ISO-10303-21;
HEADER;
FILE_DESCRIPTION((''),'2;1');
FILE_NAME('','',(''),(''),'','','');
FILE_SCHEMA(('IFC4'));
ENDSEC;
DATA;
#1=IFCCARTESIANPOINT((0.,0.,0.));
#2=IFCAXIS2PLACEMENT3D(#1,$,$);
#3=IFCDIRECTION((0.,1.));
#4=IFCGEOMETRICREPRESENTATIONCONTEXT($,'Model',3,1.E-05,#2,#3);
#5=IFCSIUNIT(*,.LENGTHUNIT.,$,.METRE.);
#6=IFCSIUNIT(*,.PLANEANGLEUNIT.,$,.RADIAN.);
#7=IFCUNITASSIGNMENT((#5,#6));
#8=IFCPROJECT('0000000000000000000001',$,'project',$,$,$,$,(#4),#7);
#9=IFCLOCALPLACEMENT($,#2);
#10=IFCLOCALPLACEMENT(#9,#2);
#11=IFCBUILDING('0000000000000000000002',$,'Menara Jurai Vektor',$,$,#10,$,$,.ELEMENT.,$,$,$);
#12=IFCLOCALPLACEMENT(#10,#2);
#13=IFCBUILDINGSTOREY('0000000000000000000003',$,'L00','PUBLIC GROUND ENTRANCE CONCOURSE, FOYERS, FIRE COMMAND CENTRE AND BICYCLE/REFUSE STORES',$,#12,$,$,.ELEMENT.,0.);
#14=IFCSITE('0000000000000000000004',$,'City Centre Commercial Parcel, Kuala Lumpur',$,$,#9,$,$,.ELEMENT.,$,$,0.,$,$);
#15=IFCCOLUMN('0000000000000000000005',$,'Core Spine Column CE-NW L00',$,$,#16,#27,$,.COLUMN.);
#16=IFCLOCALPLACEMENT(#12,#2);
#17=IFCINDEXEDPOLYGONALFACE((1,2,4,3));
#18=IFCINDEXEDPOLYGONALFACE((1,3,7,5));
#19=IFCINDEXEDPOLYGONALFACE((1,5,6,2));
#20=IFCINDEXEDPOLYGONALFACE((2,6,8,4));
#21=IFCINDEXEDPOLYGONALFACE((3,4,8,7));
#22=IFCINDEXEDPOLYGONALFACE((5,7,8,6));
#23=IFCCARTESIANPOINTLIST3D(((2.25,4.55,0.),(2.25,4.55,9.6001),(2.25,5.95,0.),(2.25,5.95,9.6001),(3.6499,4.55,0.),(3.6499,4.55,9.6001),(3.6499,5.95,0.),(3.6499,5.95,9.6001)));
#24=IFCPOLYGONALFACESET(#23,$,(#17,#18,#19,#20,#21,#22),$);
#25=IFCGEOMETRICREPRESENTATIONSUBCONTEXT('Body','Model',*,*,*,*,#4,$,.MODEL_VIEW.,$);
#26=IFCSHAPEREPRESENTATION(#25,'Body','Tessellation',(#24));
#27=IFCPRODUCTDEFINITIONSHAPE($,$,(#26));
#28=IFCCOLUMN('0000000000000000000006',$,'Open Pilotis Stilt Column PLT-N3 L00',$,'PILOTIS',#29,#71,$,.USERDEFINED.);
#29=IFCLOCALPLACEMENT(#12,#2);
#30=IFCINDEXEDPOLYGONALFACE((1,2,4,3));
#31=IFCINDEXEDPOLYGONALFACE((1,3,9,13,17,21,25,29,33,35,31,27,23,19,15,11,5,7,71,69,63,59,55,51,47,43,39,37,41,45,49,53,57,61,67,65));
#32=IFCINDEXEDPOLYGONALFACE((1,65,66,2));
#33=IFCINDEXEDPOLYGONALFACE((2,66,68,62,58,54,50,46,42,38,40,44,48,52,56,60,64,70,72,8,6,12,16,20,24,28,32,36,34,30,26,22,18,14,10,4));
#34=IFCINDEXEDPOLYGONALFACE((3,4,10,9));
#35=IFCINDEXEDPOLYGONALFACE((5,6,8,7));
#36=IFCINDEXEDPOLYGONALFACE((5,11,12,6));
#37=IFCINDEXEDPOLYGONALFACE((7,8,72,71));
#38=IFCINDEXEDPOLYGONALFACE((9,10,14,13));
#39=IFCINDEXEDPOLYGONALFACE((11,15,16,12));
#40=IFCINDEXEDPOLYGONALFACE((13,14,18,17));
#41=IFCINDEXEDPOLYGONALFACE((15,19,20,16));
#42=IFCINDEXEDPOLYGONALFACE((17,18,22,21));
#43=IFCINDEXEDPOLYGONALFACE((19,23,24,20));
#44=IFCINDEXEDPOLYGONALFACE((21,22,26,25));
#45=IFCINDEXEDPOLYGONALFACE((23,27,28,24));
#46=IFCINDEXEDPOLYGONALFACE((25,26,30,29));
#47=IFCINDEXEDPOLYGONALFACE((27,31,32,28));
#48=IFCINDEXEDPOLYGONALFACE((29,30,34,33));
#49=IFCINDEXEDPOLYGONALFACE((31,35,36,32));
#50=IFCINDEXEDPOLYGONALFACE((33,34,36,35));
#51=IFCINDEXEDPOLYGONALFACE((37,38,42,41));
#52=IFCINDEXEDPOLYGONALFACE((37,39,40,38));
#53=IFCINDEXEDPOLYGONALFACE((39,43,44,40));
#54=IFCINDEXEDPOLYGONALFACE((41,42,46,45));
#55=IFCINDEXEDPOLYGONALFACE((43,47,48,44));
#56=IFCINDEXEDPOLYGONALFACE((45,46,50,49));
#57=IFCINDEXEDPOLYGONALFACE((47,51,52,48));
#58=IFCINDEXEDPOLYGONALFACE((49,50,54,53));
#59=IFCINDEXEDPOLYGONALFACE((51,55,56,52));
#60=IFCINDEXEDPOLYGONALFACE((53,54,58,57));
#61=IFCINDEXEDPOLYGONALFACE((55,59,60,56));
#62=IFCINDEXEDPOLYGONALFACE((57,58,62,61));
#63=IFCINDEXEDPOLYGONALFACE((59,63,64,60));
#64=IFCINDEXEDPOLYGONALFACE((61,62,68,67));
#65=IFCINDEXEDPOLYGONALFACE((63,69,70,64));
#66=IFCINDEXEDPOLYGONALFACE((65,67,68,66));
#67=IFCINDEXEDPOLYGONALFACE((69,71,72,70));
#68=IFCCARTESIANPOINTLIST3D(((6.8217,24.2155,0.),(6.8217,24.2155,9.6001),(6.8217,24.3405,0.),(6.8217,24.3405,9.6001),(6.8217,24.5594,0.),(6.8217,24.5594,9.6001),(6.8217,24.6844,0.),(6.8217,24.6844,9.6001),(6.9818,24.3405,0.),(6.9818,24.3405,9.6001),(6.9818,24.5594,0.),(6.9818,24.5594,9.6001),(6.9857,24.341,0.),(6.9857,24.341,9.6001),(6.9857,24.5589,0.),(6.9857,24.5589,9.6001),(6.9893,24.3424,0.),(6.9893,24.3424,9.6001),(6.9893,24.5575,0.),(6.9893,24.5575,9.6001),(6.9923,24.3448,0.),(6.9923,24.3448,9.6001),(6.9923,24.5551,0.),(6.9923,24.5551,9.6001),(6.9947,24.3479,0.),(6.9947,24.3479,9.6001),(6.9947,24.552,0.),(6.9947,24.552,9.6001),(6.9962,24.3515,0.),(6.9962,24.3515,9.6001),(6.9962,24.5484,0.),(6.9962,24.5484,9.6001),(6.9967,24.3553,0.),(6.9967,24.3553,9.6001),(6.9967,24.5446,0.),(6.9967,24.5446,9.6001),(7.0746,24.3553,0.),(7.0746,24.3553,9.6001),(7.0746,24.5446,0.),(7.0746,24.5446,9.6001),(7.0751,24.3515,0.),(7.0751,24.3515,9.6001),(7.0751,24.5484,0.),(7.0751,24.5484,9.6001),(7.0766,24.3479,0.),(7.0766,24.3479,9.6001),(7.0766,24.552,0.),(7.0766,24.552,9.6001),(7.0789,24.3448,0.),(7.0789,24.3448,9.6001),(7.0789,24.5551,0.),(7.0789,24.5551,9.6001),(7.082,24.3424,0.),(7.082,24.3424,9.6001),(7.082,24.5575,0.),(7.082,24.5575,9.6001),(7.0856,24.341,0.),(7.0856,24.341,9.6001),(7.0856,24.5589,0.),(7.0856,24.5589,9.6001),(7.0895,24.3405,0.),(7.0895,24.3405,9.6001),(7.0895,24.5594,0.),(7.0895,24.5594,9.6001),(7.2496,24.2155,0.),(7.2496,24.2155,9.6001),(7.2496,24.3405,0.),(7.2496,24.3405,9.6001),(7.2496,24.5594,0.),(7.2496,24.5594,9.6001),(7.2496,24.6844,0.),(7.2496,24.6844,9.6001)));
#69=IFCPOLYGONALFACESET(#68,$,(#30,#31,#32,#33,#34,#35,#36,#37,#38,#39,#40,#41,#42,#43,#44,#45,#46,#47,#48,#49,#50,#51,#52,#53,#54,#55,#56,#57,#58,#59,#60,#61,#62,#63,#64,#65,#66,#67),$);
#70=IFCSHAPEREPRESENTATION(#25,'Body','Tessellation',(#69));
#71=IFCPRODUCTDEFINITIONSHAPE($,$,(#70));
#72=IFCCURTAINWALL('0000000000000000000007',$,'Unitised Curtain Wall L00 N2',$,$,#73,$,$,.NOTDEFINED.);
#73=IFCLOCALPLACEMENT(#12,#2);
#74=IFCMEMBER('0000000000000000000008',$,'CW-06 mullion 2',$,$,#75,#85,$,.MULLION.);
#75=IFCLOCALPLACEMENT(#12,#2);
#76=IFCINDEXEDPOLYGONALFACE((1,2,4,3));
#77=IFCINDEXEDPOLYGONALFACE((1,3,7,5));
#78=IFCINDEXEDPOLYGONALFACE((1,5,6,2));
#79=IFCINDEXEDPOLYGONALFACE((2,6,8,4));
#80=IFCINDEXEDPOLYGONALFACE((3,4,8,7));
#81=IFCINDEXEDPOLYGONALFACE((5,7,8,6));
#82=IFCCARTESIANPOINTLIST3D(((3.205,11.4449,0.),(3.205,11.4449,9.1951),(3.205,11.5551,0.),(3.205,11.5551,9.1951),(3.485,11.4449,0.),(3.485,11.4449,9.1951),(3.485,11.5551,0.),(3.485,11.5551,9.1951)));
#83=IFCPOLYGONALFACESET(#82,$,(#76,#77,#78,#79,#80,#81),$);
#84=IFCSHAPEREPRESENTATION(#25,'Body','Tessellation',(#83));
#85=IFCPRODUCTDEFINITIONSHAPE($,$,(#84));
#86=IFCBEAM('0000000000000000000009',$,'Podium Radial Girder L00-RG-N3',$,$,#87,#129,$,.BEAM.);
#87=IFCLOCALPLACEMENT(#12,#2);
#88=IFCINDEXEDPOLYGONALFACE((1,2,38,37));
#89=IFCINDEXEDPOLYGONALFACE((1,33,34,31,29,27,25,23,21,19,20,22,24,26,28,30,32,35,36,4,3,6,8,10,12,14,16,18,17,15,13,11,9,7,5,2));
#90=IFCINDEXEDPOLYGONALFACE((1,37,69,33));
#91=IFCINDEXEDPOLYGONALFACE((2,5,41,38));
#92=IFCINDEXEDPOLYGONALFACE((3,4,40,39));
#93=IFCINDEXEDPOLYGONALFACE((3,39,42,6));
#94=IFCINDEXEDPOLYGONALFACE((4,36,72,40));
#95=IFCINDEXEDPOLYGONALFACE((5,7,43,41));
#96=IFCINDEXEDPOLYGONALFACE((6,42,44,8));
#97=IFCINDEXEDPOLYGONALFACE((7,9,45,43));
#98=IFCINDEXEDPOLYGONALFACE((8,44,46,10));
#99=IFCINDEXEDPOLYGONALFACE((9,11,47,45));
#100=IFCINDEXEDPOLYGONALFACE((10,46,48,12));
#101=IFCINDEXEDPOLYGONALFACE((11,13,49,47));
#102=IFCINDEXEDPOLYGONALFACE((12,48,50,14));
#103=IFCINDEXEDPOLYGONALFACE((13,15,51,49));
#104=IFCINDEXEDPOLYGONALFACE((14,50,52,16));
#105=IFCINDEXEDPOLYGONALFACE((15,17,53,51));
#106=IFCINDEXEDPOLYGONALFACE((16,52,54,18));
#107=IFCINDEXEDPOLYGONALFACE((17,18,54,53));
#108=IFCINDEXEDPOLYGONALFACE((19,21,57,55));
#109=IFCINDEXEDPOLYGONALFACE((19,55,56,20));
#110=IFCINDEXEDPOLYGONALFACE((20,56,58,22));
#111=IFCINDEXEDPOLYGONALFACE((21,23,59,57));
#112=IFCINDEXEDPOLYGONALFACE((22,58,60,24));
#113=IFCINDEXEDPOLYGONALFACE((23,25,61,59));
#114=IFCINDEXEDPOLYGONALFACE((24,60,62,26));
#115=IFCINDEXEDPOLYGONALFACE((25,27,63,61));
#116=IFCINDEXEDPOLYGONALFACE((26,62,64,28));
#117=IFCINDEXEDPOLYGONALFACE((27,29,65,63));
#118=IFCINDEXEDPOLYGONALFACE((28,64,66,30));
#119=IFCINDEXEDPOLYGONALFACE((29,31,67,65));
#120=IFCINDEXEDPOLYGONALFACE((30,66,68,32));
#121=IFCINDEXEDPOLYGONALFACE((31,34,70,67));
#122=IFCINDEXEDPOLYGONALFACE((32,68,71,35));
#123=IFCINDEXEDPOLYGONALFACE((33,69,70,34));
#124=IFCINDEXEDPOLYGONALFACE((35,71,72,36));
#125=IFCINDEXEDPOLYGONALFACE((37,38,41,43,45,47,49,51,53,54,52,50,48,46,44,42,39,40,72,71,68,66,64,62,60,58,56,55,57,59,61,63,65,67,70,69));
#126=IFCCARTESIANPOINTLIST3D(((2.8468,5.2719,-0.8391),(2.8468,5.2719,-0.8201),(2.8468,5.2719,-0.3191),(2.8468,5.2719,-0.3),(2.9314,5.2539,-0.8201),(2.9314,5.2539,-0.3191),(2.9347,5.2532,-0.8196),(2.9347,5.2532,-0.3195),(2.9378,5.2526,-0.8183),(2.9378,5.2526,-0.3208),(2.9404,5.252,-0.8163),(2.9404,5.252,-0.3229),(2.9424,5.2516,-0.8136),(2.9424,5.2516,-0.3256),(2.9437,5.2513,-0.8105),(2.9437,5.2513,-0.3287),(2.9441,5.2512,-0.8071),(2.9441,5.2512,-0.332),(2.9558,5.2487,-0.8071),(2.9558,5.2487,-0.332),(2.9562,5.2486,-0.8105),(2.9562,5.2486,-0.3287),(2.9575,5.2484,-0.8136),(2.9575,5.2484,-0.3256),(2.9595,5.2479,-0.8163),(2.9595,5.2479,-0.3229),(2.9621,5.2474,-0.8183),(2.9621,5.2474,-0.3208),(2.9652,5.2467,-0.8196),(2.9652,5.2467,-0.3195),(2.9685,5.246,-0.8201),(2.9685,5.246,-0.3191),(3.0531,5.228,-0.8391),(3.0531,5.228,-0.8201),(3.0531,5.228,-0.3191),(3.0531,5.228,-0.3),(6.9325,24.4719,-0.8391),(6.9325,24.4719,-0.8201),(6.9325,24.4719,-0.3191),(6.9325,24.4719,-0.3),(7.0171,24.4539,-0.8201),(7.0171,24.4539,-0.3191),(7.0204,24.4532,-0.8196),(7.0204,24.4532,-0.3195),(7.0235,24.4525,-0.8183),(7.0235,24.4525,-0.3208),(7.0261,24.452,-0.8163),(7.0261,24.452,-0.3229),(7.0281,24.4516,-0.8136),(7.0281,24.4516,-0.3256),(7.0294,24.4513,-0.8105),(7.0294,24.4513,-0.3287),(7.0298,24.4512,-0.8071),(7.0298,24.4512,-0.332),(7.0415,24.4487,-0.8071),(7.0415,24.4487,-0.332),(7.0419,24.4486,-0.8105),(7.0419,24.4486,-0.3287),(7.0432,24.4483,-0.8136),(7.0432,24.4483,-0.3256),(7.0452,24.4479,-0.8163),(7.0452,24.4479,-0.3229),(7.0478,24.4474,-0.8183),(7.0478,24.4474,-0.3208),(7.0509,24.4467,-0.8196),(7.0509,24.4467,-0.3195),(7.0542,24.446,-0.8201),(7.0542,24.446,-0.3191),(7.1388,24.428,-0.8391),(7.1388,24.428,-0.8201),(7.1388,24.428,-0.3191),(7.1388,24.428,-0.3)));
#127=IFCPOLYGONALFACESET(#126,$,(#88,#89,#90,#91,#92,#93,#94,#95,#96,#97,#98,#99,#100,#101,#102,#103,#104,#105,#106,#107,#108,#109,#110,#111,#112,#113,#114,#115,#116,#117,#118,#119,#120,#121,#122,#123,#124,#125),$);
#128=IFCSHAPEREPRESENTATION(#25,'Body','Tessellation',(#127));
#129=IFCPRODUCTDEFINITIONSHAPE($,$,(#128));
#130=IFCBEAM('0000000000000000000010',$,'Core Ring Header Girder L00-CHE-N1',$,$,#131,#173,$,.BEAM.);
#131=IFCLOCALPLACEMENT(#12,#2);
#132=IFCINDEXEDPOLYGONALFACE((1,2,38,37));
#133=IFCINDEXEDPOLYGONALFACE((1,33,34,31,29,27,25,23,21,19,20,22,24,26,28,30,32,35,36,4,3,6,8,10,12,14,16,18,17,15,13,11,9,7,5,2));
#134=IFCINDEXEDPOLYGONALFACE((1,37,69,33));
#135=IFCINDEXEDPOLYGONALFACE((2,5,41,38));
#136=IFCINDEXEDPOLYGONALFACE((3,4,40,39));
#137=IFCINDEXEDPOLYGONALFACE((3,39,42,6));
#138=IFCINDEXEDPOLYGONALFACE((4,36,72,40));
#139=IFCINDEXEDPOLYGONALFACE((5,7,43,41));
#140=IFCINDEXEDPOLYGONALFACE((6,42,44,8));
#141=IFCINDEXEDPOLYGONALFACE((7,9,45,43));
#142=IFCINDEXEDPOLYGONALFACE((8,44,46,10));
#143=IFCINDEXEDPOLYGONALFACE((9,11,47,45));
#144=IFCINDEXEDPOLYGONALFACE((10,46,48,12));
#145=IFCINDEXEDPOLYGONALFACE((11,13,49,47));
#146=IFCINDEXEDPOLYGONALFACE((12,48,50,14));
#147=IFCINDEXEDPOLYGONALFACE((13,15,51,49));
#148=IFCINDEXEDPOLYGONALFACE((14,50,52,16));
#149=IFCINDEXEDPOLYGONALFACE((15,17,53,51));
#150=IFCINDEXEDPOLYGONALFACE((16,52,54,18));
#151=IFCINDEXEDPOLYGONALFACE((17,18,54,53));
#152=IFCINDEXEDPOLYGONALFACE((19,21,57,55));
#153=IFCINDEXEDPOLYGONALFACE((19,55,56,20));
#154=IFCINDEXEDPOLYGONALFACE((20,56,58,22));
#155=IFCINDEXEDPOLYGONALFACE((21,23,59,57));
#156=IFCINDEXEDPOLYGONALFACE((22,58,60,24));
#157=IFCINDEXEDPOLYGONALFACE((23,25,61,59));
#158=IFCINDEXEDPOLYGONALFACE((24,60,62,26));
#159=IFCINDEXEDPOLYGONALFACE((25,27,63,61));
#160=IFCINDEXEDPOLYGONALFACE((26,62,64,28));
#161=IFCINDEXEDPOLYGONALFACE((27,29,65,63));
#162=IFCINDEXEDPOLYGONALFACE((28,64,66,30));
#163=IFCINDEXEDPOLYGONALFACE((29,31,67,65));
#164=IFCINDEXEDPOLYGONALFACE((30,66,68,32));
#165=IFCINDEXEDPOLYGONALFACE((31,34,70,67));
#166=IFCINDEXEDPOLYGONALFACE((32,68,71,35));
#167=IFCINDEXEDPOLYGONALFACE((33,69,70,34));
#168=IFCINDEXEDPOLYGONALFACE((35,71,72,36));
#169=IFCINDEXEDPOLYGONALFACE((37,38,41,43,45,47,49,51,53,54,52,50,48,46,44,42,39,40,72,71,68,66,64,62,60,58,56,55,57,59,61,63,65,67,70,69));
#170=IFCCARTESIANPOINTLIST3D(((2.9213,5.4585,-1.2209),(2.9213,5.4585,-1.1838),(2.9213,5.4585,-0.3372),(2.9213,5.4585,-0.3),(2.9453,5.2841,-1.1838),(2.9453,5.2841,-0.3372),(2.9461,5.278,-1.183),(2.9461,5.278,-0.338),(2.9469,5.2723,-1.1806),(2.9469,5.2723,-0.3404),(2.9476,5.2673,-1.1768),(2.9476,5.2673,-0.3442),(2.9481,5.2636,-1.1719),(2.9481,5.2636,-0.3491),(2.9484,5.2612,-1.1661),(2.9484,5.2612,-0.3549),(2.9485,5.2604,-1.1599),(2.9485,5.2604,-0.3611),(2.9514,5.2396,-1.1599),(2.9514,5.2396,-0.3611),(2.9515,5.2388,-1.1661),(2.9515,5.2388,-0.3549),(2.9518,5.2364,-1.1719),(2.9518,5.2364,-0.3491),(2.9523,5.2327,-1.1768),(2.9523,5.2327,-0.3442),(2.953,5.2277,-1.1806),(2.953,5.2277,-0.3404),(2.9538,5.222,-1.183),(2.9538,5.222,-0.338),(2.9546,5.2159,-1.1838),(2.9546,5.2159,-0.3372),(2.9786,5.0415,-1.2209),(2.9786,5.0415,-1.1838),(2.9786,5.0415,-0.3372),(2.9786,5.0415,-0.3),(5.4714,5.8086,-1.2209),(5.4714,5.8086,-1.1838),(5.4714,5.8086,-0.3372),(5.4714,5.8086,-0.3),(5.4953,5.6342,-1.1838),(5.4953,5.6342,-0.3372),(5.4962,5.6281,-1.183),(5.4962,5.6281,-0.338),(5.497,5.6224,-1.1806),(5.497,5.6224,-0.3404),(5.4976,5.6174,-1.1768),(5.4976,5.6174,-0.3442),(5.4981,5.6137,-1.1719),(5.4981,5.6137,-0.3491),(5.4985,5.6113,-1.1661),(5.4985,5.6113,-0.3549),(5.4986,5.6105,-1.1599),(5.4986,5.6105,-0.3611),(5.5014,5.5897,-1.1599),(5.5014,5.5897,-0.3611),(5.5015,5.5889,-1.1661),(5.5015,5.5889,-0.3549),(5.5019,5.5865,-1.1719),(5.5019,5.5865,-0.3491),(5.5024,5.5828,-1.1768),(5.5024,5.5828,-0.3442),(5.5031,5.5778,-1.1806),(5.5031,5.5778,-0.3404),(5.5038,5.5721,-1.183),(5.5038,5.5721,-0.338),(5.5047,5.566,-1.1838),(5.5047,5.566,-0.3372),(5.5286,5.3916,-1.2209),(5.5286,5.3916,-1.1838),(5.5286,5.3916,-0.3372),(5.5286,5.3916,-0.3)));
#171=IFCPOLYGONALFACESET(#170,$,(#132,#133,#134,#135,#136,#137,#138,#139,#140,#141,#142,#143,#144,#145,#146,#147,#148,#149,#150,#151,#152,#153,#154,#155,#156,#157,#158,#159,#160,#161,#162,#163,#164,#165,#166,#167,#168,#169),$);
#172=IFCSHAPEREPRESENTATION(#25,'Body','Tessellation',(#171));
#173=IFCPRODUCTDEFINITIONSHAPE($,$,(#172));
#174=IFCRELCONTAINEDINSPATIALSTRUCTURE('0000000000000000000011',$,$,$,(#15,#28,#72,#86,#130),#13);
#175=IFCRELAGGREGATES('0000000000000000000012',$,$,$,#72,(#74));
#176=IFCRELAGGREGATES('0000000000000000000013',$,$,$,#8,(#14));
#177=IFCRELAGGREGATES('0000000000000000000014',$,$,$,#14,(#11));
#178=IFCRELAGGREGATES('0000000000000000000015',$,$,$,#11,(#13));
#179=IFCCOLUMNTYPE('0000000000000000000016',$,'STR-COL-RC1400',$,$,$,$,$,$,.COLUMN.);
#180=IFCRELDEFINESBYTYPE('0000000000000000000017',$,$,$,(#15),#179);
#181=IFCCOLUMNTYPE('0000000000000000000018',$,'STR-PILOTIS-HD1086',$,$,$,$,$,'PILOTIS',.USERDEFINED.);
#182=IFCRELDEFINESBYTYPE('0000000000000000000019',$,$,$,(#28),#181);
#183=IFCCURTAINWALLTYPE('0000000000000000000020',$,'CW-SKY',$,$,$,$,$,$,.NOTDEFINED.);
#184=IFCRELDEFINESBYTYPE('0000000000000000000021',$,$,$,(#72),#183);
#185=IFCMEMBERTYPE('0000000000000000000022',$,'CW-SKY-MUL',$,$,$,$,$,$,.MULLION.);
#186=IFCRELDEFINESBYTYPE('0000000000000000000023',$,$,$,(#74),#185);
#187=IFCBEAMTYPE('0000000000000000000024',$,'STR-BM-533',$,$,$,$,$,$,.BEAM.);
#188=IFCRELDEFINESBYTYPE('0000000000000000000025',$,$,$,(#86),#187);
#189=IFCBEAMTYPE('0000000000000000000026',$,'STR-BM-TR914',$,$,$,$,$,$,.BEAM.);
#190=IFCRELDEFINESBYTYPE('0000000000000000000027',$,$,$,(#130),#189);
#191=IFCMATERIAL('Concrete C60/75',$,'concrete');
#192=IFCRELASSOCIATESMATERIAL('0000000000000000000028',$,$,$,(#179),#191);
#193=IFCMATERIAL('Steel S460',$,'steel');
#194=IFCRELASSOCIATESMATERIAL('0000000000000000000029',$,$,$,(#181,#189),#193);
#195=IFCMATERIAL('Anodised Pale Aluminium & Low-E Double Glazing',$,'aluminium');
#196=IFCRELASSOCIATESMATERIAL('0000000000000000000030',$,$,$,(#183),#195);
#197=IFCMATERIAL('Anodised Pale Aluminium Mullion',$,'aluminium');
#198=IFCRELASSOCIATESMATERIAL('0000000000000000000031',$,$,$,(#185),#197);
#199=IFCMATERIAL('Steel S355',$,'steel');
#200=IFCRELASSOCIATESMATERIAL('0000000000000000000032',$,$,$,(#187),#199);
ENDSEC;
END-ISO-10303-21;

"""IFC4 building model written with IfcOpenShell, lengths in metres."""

from ifc_helpers import new_model, si_unit, direction, frame, origin, origin_2d, place, context, subcontext, project, spatial, rectangle, i_section, extrude, material, material_profile, profile_set, type_object, element, aggregate, save


model = new_model("IFC4")

# Units and contexts
model_context = context("Model", 3, precision=1e-05, world=origin(), true_north=direction((0.0, 1.0)))
body_context = subcontext(model_context, "Body", "Model", "MODEL_VIEW")
ifc_project = project(units=[si_unit("LENGTHUNIT", "METRE"), si_unit("PLANEANGLEUNIT", "RADIAN")], contexts=[model_context])

# Site, building, storey
site_placement = place(None, origin())
site = spatial("IfcSite", under=ifc_project, at=site_placement, Name="City Centre Commercial Parcel, Kuala Lumpur", CompositionType="ELEMENT", RefElevation=0.0)
building_placement = place(site_placement, origin())
building = spatial("IfcBuilding", under=site, at=building_placement, Name="Menara Jurai Vektor", CompositionType="ELEMENT")
storey_placement = place(building_placement, origin())
storey = spatial("IfcBuildingStorey", under=building, at=storey_placement, Name="L00", Description="PUBLIC GROUND ENTRANCE CONCOURSE, FOYERS, FIRE COMMAND CENTRE AND BICYCLE/REFUSE STORES", CompositionType="ELEMENT", Elevation=0.0)

# Columns
ifc_material_1 = material(Name="Concrete C60/75", Category="concrete")
ifc_material_profile_1 = material_profile(ifc_material_1, rectangle(XDim=1.3999, YDim=1.3999, at=origin_2d()), Name="RC 1400x1400")
ifc_profile_set_1 = profile_set([ifc_material_profile_1], Name="Concrete C60/75")
column_type_1 = type_object("IfcColumnType", Name="STR-COL-RC1400", PredefinedType="COLUMN", material=ifc_profile_set_1)
column_1_placement = place(storey_placement, frame((2.95, 5.25, 0.0), z_axis=(0.0, 0.0, 1.0), x_axis=(1.0, 0.0, 0.0)))
element("IfcColumn", 1, at=column_1_placement, inside=storey, type_object=column_type_1, Name="Core Spine Column CE-NW L00", PredefinedType="COLUMN", context=body_context, shape_type="SweptSolid", body=[
    extrude(rectangle(XDim=1.3999, YDim=1.3999, at=origin_2d()), origin(), (0.0, 0.0, 1.0), 9.6001),
])
ifc_material_2 = material(Name="Steel S460", Category="steel")
ifc_material_profile_2 = material_profile(ifc_material_2, i_section(OverallWidth=0.428, OverallDepth=0.469, WebThickness=0.0779, FlangeThickness=0.125, FilletRadius=0.0149, at=origin_2d()), Name="HD 400x1086")
ifc_profile_set_2 = profile_set([ifc_material_profile_2], Name="Steel S460")
column_type_2 = type_object("IfcColumnType", Name="STR-PILOTIS-HD1086", ElementType="PILOTIS", PredefinedType="USERDEFINED", material=ifc_profile_set_2)
column_2_placement = place(storey_placement, frame((7.0356, 24.45, 0.0), z_axis=(0.0, 0.0, 1.0), x_axis=(1.0, 0.0, 0.0)))
element("IfcColumn", 2, at=column_2_placement, inside=storey, type_object=column_type_2, Name="Open Pilotis Stilt Column PLT-N3 L00", ObjectType="PILOTIS", PredefinedType="USERDEFINED", context=body_context, shape_type="SweptSolid", body=[
    extrude(i_section(OverallWidth=0.428, OverallDepth=0.469, WebThickness=0.0779, FlangeThickness=0.125, FilletRadius=0.0149, at=origin_2d()), origin(), (0.0, 0.0, 1.0), 9.6001),
])

# Curtain wall, member
ifc_material_3 = material(Name="Anodised Pale Aluminium & Low-E Double Glazing", Category="aluminium")
curtain_wall_type = type_object("IfcCurtainWallType", Name="CW-SKY", PredefinedType="NOTDEFINED", material=ifc_material_3)
curtain_wall_placement = place(storey_placement, origin())
curtain_wall = element("IfcCurtainWall", 3, at=curtain_wall_placement, inside=storey, type_object=curtain_wall_type, Name="Unitised Curtain Wall L00 N2", PredefinedType="NOTDEFINED")
ifc_material_4 = material(Name="Anodised Pale Aluminium Mullion", Category="aluminium")
ifc_material_profile_3 = material_profile(ifc_material_4, rectangle(XDim=0.1101, YDim=0.28, at=origin_2d()), Name="ALU MUL 110x280")
ifc_profile_set_3 = profile_set([ifc_material_profile_3], Name="Anodised Pale Aluminium Mullion")
member_type = type_object("IfcMemberType", Name="CW-SKY-MUL", PredefinedType="MULLION", material=ifc_profile_set_3)
member_placement = place(storey_placement, frame((3.345, 11.5, 0.0), z_axis=(0.0, 0.0, 1.0), x_axis=(0.0, 1.0, 0.0)))
member = element("IfcMember", 4, at=member_placement, type_object=member_type, Name="CW-06 mullion 2", PredefinedType="MULLION", context=body_context, shape_type="SweptSolid", body=[
    extrude(rectangle(XDim=0.1101, YDim=0.28, at=origin_2d()), origin(), (0.0, 0.0, 1.0), 9.1951),
])
aggregate(curtain_wall, [member])

# Beams
ifc_material_5 = material(Name="Steel S355", Category="steel")
ifc_material_profile_4 = material_profile(ifc_material_5, i_section(OverallWidth=0.2109, OverallDepth=0.5391, WebThickness=0.012, FlangeThickness=0.019, FilletRadius=0.0129, at=origin_2d()), Name="UKB 533x210x109")
ifc_profile_set_4 = profile_set([ifc_material_profile_4], Name="Steel S355")
beam_type_1 = type_object("IfcBeamType", Name="STR-BM-533", PredefinedType="BEAM", material=ifc_profile_set_4)
beam_1_placement = place(storey_placement, frame((7.0356, 24.45, -0.5696), z_axis=(-0.208137, -0.9781, 0.0), x_axis=(0.9781, -0.208137, 0.0)))
element("IfcBeam", 5, at=beam_1_placement, inside=storey, type_object=beam_type_1, Name="Podium Radial Girder L00-RG-N3", PredefinedType="BEAM", context=body_context, shape_type="SweptSolid", body=[
    extrude(i_section(OverallWidth=0.2109, OverallDepth=0.5391, WebThickness=0.012, FlangeThickness=0.019, FilletRadius=0.0129, at=origin_2d()), origin(), (0.0, 0.0, 1.0), 19.6299),
])
ifc_material_profile_5 = material_profile(ifc_material_2, i_section(OverallWidth=0.4209, OverallDepth=0.9209, WebThickness=0.021, FlangeThickness=0.0371, FilletRadius=0.0239, at=origin_2d()), Name="UKB 914x419x388")
ifc_profile_set_5 = profile_set([ifc_material_profile_5], Name="Steel S460")
beam_type_2 = type_object("IfcBeamType", Name="STR-BM-TR914", PredefinedType="BEAM", material=ifc_profile_set_5)
beam_2_placement = place(storey_placement, frame((2.95, 5.25, -0.7605), z_axis=(0.990707, 0.136015, 0.0), x_axis=(-0.136015, 0.990707, 0.0)))
element("IfcBeam", 6, at=beam_2_placement, inside=storey, type_object=beam_type_2, Name="Core Ring Header Girder L00-CHE-N1", PredefinedType="BEAM", context=body_context, shape_type="SweptSolid", body=[
    extrude(i_section(OverallWidth=0.4209, OverallDepth=0.9209, WebThickness=0.021, FlangeThickness=0.0371, FilletRadius=0.0239, at=origin_2d()), origin(), (0.0, 0.0, 1.0), 2.574),
])

save(model, "model.ifc")
